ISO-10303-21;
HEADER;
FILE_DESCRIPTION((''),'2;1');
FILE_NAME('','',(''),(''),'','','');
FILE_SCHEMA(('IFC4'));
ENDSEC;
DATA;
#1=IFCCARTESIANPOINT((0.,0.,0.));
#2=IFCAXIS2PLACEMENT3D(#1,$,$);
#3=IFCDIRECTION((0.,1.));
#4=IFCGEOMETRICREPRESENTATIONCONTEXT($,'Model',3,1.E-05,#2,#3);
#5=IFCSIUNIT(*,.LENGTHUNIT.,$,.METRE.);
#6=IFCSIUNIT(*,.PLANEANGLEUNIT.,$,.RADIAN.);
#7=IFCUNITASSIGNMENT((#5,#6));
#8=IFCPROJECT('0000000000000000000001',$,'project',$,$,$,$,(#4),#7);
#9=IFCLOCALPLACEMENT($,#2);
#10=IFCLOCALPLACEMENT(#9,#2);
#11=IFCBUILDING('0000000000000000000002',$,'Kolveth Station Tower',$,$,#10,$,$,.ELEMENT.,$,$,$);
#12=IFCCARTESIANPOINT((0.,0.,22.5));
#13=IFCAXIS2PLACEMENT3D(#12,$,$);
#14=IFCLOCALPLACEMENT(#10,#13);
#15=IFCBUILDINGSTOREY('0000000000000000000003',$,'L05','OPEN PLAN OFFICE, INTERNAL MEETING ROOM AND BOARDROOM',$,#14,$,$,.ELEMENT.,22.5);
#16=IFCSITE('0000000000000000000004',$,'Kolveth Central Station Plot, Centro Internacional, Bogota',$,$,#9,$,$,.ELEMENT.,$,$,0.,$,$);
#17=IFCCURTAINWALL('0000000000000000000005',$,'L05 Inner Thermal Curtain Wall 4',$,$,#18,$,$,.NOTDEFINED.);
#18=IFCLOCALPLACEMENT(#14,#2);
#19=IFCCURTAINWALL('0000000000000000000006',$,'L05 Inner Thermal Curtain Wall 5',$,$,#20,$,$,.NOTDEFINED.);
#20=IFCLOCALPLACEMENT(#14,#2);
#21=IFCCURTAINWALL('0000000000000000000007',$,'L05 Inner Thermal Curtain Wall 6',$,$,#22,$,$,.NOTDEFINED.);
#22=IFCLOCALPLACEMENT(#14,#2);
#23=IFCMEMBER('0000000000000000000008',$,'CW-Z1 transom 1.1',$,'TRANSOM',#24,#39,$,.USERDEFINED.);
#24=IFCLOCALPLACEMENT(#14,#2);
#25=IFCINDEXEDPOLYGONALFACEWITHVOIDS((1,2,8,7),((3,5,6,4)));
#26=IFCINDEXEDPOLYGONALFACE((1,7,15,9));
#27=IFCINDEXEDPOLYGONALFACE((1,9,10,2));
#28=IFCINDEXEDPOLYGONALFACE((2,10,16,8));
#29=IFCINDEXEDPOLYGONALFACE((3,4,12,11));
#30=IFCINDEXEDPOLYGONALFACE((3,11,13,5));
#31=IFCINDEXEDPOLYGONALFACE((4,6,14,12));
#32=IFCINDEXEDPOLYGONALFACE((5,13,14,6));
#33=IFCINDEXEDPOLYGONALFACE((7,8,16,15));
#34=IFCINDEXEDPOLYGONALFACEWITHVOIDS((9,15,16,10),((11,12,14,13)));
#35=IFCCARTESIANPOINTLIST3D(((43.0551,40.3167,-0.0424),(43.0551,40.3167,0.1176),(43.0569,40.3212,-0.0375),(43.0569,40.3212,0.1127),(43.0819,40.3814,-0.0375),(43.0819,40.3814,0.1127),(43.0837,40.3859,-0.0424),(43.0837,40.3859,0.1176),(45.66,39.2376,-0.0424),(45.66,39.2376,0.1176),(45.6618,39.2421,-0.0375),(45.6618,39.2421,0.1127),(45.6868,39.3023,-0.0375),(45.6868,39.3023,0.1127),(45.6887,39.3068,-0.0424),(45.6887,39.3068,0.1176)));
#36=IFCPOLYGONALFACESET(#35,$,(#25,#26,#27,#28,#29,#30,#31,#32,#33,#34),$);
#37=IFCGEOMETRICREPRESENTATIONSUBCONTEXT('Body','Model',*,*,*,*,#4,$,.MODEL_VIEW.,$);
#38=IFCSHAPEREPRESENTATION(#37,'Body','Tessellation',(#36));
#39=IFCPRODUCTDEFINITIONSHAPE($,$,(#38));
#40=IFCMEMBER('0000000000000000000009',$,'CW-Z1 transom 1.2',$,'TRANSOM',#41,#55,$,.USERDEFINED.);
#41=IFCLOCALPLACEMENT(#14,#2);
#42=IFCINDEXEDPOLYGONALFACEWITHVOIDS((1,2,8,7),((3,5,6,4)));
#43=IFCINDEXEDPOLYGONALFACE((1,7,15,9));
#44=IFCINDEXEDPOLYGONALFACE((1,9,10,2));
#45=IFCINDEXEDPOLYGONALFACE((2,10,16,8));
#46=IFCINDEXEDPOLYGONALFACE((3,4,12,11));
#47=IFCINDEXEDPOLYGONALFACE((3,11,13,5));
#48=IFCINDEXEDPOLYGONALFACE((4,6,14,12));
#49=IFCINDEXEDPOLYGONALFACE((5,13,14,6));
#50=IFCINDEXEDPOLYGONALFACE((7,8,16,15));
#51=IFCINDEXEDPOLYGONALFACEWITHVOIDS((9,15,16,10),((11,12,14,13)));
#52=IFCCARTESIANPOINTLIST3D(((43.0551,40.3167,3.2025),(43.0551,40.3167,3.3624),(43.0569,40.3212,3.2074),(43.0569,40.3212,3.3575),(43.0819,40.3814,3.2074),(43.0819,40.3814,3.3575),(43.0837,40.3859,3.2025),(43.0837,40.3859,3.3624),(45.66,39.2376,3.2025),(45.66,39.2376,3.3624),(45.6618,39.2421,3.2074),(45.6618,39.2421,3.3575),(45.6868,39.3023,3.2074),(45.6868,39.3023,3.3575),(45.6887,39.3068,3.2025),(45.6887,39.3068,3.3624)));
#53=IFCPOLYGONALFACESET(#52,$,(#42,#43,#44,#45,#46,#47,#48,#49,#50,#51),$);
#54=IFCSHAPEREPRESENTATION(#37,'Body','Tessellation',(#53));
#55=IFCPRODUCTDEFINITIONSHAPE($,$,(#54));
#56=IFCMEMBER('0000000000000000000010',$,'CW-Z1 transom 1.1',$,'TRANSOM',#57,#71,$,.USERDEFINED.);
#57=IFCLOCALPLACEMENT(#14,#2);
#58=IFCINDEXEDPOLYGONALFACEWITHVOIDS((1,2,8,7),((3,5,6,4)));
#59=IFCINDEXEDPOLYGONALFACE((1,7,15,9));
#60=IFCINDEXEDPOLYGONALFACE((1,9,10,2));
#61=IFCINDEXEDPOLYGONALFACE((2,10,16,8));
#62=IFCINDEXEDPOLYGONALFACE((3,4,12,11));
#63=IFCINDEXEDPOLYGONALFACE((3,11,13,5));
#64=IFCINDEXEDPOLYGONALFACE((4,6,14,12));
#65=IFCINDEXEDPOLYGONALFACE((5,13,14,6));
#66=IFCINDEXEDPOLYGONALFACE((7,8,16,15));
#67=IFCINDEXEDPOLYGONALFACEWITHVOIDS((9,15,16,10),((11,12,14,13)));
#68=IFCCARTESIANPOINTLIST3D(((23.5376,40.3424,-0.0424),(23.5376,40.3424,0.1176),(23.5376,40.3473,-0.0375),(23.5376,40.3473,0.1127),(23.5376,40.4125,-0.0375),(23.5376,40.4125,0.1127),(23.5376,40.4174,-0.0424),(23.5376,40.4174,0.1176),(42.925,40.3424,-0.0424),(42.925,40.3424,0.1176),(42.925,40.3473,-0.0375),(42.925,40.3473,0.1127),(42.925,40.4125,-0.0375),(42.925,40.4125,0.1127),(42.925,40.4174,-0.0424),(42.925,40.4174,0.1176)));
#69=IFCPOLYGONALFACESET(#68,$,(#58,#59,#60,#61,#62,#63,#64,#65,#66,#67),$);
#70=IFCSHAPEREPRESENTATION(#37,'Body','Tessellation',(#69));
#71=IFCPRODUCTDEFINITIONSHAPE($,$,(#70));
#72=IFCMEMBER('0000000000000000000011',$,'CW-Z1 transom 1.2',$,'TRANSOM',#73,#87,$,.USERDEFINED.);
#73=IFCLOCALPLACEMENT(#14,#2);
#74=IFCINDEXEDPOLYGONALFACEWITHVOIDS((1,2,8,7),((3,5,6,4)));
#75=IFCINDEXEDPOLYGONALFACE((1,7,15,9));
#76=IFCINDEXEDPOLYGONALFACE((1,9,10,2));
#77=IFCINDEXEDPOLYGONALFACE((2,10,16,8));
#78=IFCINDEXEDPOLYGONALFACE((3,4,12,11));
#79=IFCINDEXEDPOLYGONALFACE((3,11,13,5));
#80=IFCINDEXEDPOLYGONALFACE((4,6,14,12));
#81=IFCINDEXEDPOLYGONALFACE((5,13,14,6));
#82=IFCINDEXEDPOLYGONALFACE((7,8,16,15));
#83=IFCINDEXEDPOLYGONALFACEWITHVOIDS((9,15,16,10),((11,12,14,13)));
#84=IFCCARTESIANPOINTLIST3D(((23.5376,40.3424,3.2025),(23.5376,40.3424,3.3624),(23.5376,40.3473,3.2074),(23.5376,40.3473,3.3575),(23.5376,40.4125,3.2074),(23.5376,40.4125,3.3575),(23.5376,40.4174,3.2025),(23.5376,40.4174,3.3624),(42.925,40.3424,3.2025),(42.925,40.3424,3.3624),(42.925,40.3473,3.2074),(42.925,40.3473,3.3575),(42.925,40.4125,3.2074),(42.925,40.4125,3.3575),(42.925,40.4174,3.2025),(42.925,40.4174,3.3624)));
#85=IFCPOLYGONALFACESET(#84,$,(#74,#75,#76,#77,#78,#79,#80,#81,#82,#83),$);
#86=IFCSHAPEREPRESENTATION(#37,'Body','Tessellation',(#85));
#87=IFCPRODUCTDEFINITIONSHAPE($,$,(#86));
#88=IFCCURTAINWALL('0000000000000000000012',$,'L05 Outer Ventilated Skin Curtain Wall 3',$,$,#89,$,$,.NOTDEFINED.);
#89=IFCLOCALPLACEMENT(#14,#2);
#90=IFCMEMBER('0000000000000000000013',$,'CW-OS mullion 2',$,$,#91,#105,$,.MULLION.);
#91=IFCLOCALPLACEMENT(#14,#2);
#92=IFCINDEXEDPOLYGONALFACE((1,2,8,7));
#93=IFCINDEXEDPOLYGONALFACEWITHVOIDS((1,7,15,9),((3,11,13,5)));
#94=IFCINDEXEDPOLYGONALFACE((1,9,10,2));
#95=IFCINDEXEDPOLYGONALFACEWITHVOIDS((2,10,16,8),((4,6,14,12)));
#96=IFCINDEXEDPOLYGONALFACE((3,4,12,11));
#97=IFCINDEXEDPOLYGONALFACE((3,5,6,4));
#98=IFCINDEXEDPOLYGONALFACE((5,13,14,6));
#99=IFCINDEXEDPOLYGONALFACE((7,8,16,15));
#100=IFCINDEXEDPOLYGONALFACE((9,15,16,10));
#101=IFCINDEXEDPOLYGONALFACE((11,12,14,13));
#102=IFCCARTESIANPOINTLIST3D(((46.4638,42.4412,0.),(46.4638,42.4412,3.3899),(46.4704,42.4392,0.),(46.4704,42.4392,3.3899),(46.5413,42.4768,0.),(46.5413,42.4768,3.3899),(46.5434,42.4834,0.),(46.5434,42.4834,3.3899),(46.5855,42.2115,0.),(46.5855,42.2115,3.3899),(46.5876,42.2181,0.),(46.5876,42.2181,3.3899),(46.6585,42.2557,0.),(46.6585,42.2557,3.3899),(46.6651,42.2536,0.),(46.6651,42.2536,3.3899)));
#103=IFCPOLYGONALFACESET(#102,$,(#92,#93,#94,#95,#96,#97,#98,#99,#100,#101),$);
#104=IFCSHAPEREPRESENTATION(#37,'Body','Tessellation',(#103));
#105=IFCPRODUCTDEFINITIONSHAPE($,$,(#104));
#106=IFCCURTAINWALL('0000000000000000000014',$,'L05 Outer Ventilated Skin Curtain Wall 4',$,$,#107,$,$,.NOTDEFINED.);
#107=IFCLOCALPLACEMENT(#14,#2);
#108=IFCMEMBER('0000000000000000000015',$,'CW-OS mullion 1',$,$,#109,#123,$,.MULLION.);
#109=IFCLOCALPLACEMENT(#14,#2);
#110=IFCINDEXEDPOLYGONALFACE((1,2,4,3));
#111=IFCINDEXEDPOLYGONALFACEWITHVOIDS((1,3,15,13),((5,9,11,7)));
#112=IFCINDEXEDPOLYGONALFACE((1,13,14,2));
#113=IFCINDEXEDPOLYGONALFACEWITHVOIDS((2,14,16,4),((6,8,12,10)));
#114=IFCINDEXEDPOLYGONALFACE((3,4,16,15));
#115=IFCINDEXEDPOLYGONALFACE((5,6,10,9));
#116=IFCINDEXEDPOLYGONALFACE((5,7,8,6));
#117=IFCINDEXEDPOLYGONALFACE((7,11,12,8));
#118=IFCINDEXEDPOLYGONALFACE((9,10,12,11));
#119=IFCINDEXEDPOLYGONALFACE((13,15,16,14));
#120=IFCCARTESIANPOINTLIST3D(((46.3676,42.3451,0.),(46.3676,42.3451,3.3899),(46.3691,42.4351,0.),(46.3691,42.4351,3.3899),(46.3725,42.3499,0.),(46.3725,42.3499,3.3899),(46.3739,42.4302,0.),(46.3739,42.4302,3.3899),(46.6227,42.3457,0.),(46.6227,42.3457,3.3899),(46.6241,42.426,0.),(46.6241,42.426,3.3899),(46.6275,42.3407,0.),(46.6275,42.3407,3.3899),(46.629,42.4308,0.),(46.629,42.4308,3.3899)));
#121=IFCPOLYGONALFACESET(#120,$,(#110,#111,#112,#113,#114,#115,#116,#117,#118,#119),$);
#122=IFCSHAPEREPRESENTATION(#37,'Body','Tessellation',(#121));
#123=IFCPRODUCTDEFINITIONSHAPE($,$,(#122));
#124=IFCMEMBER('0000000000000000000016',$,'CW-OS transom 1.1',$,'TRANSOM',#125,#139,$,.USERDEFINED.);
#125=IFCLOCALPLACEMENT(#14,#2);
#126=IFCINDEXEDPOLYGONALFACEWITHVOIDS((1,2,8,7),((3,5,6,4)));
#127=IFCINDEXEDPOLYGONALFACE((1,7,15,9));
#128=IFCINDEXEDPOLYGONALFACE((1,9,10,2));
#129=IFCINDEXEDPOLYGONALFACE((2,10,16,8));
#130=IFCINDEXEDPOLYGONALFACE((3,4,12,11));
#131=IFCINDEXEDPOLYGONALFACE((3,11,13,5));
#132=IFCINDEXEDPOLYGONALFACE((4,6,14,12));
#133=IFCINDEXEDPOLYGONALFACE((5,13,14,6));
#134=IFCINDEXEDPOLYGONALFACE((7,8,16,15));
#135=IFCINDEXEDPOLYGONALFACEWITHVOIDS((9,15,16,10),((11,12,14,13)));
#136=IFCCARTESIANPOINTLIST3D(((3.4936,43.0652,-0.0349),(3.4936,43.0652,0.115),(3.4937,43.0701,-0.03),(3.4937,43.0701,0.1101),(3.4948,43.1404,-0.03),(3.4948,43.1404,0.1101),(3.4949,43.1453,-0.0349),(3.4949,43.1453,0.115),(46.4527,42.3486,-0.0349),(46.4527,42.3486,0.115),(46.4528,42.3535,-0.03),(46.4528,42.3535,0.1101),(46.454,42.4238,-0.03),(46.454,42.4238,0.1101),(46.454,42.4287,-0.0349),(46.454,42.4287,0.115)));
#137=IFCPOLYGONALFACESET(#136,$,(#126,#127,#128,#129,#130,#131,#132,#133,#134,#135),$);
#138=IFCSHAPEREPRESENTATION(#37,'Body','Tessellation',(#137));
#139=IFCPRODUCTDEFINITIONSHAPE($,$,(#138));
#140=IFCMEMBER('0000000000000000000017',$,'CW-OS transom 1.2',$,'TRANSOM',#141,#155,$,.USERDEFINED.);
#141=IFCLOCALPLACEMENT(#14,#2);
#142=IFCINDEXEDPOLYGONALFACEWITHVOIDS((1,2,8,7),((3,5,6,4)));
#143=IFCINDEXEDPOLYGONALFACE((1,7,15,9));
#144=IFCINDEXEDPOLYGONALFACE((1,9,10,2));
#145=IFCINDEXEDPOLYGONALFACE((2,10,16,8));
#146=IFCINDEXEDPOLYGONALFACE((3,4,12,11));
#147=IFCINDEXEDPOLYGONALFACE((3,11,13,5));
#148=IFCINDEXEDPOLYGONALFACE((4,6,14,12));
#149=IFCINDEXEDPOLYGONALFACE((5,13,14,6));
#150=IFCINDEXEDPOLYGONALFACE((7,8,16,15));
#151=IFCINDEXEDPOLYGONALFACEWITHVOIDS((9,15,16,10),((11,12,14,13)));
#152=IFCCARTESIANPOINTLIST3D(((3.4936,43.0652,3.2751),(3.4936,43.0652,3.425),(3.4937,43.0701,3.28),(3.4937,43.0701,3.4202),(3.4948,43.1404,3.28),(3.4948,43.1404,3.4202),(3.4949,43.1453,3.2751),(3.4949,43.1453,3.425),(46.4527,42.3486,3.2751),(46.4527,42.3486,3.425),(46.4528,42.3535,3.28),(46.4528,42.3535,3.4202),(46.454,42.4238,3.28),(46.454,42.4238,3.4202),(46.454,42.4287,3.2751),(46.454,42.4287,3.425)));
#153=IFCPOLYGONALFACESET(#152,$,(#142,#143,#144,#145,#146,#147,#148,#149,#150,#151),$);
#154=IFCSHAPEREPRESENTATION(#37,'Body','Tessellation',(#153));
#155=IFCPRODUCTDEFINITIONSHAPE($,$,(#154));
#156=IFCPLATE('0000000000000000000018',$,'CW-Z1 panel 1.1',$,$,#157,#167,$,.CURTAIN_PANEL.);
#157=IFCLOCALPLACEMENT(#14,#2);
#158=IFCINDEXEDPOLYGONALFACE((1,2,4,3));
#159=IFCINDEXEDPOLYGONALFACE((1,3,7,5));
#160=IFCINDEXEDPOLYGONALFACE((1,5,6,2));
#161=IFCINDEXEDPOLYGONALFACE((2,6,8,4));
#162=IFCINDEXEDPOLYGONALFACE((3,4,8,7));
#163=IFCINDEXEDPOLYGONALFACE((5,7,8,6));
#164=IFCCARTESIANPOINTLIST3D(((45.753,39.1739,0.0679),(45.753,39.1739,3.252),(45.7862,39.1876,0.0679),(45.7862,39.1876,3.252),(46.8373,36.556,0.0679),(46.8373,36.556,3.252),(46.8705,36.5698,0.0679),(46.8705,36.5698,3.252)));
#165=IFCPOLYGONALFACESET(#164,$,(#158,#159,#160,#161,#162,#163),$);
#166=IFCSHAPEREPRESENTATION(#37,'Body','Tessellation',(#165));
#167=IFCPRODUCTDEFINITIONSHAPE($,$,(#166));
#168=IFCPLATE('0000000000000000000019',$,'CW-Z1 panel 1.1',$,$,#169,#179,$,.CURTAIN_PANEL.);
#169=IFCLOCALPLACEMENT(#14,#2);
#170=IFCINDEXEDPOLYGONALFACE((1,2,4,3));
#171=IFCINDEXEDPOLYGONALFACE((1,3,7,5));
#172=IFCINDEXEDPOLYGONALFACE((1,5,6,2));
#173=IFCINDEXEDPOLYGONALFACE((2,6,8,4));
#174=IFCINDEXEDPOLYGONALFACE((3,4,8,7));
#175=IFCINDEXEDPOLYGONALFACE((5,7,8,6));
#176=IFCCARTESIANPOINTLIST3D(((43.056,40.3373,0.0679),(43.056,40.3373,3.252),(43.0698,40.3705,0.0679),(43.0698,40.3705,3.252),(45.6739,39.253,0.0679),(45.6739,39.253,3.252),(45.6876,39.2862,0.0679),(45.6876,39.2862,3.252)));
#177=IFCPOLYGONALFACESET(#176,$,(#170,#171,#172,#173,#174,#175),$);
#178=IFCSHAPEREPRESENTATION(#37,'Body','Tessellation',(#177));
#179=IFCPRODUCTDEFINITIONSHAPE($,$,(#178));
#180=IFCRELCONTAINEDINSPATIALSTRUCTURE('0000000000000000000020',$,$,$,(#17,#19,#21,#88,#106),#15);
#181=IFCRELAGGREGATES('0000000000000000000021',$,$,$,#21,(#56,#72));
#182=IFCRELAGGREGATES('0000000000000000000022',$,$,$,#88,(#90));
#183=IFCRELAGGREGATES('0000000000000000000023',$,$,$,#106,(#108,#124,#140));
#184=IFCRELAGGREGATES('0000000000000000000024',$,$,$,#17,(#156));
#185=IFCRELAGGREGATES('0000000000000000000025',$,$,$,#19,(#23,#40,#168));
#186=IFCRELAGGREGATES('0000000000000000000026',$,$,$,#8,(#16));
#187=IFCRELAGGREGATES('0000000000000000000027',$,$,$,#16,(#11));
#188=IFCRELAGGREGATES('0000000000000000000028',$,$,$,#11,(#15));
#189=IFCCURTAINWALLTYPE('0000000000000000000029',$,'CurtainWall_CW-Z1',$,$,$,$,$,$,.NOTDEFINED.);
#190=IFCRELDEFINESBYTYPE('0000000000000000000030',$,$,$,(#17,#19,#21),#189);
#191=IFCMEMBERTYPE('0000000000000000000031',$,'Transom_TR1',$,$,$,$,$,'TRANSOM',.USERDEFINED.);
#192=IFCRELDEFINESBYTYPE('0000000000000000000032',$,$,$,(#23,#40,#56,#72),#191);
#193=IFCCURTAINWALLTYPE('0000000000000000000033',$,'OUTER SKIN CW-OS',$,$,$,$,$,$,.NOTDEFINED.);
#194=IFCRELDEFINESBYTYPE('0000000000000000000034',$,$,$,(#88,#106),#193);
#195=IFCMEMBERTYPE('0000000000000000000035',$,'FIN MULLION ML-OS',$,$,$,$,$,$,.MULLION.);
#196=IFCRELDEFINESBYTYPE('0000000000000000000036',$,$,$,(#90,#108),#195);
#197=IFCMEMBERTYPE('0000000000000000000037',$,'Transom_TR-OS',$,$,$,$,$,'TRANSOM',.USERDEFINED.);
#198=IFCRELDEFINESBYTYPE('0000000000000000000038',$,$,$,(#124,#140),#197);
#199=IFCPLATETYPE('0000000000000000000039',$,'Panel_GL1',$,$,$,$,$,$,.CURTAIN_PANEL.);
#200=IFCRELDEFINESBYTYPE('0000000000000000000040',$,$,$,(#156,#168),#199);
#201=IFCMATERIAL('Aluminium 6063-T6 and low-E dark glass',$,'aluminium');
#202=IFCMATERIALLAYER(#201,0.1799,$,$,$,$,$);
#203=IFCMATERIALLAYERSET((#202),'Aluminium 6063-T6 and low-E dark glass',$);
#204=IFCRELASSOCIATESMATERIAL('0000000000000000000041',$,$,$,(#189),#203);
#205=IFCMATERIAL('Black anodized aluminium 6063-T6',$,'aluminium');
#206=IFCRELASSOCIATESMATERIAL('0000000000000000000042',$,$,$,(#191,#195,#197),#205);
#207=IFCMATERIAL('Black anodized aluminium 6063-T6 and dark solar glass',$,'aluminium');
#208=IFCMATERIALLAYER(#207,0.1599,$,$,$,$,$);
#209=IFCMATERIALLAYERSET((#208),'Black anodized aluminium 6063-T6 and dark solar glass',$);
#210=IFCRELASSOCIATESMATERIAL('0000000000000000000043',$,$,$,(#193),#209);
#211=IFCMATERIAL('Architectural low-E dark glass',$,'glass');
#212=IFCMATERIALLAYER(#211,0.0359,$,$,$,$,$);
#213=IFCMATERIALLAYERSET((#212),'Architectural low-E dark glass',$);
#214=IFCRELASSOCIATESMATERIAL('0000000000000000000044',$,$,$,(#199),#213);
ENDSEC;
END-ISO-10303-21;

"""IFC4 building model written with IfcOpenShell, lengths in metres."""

from ifc_helpers import new_model, si_unit, direction, frame, origin, origin_2d, place, context, subcontext, project, spatial, rectangle, hollow_rectangle, extrude, source, transform, mapped, material, layer, layer_set, material_profile, profile_set, type_object, element, aggregate, save


model = new_model("IFC4")

# Units and contexts
model_context = context("Model", 3, precision=1e-05, world=origin(), true_north=direction((0.0, 1.0)))
body_context = subcontext(model_context, "Body", "Model", "MODEL_VIEW")
ifc_project = project(units=[si_unit("LENGTHUNIT", "METRE"), si_unit("PLANEANGLEUNIT", "RADIAN")], contexts=[model_context])

# Site, building, storey
site_placement = place(None, origin())
site = spatial("IfcSite", under=ifc_project, at=site_placement, Name="Kolveth Central Station Plot, Centro Internacional, Bogota", CompositionType="ELEMENT", RefElevation=0.0)
building_placement = place(site_placement, origin())
building = spatial("IfcBuilding", under=site, at=building_placement, Name="Kolveth Station Tower", CompositionType="ELEMENT")
storey_placement = place(building_placement, frame((0.0, 0.0, 22.5)))
storey = spatial("IfcBuildingStorey", under=building, at=storey_placement, Name="L05", Description="OPEN PLAN OFFICE, INTERNAL MEETING ROOM AND BOARDROOM", CompositionType="ELEMENT", Elevation=22.5)

# Curtain wall
ifc_material_1 = material(Name="Aluminium 6063-T6 and low-E dark glass", Category="aluminium")
ifc_layer_1 = layer(ifc_material_1, 0.1799)
ifc_layer_set_1 = layer_set([ifc_layer_1], Name="Aluminium 6063-T6 and low-E dark glass")
curtain_wall_type_1 = type_object("IfcCurtainWallType", Name="CurtainWall_CW-Z1", PredefinedType="NOTDEFINED", material=ifc_layer_set_1)
curtain_wall_1_placement = place(storey_placement, origin())
curtain_wall_1 = element("IfcCurtainWall", 1, at=curtain_wall_1_placement, inside=storey, type_object=curtain_wall_type_1, Name="L05 Inner Thermal Curtain Wall 4", PredefinedType="NOTDEFINED")
ifc_material_2 = material(Name="Black anodized aluminium 6063-T6", Category="aluminium")

# Curtain wall
curtain_wall_2_placement = place(storey_placement, origin())
curtain_wall_2 = element("IfcCurtainWall", 2, at=curtain_wall_2_placement, inside=storey, type_object=curtain_wall_type_1, Name="L05 Inner Thermal Curtain Wall 5", PredefinedType="NOTDEFINED")

# Curtain wall
curtain_wall_3_placement = place(storey_placement, origin())
curtain_wall_3 = element("IfcCurtainWall", 3, at=curtain_wall_3_placement, inside=storey, type_object=curtain_wall_type_1, Name="L05 Inner Thermal Curtain Wall 6", PredefinedType="NOTDEFINED")

# Members
ifc_material_profile_1 = material_profile(ifc_material_2, hollow_rectangle(XDim=0.075, YDim=0.1599, WallThickness=0.0049, at=origin_2d()), Name="ALU-75x160x5")
ifc_profile_set_1 = profile_set([ifc_material_profile_1], Name="Black anodized aluminium 6063-T6")
member_type_1 = type_object("IfcMemberType", Name="Transom_TR1", ElementType="TRANSOM", PredefinedType="USERDEFINED", material=ifc_profile_set_1)
shared_shape_1 = source(origin(), body_context, "Body", "SweptSolid", [
    extrude(hollow_rectangle(XDim=0.075, YDim=0.1599, WallThickness=0.0049, at=origin_2d()), origin(), (0.0, 0.0, 1.0), 2.8196),
])
member_1_placement = place(storey_placement, frame((45.6743, 39.2722, 0.0376), z_axis=(-0.923869, 0.382709, 0.0), x_axis=(-0.382709, -0.923869, 0.0)))
member_1 = element("IfcMember", 4, at=member_1_placement, type_object=member_type_1, Name="CW-Z1 transom 1.1", ObjectType="TRANSOM", PredefinedType="USERDEFINED", context=body_context, shape_type="MappedRepresentation", body=[
    mapped(shared_shape_1, transform((0.0, 0.0, 0.0), x_axis=(1.0, 0.0, 0.0), y_axis=(0.0, 1.0, 0.0), z_axis=(0.0, 0.0, 1.0), scale=1.0)),
])
member_2_placement = place(storey_placement, frame((45.6743, 39.2722, 3.2825), z_axis=(-0.923869, 0.382709, 0.0), x_axis=(-0.382709, -0.923869, 0.0)))
member_2 = element("IfcMember", 5, at=member_2_placement, type_object=member_type_1, Name="CW-Z1 transom 1.2", ObjectType="TRANSOM", PredefinedType="USERDEFINED", context=body_context, shape_type="MappedRepresentation", body=[
    mapped(shared_shape_1, transform((0.0, 0.0, 0.0), x_axis=(1.0, 0.0, 0.0), y_axis=(0.0, 1.0, 0.0), z_axis=(0.0, 0.0, 1.0), scale=1.0)),
])
shared_shape_2 = source(origin(), body_context, "Body", "SweptSolid", [
    extrude(hollow_rectangle(XDim=0.075, YDim=0.1599, WallThickness=0.0049, at=origin_2d()), origin(), (0.0, 0.0, 1.0), 19.3875),
])
member_3_placement = place(storey_placement, frame((42.925, 40.3799, 0.0376), z_axis=(-1.0, 0.0, 0.0), x_axis=(0.0, -1.0, 0.0)))
member_3 = element("IfcMember", 6, at=member_3_placement, type_object=member_type_1, Name="CW-Z1 transom 1.1", ObjectType="TRANSOM", PredefinedType="USERDEFINED", context=body_context, shape_type="MappedRepresentation", body=[
    mapped(shared_shape_2, transform((0.0, 0.0, 0.0), x_axis=(1.0, 0.0, 0.0), y_axis=(0.0, 1.0, 0.0), z_axis=(0.0, 0.0, 1.0), scale=1.0)),
])
member_4_placement = place(storey_placement, frame((42.925, 40.3799, 3.2825), z_axis=(-1.0, 0.0, 0.0), x_axis=(0.0, -1.0, 0.0)))
member_4 = element("IfcMember", 7, at=member_4_placement, type_object=member_type_1, Name="CW-Z1 transom 1.2", ObjectType="TRANSOM", PredefinedType="USERDEFINED", context=body_context, shape_type="MappedRepresentation", body=[
    mapped(shared_shape_2, transform((0.0, 0.0, 0.0), x_axis=(1.0, 0.0, 0.0), y_axis=(0.0, 1.0, 0.0), z_axis=(0.0, 0.0, 1.0), scale=1.0)),
])
aggregate(curtain_wall_3, [member_3, member_4])

# Curtain wall, member
ifc_material_3 = material(Name="Black anodized aluminium 6063-T6 and dark solar glass", Category="aluminium")
ifc_layer_2 = layer(ifc_material_3, 0.1599)
ifc_layer_set_2 = layer_set([ifc_layer_2], Name="Black anodized aluminium 6063-T6 and dark solar glass")
curtain_wall_type_2 = type_object("IfcCurtainWallType", Name="OUTER SKIN CW-OS", PredefinedType="NOTDEFINED", material=ifc_layer_set_2)
curtain_wall_4_placement = place(storey_placement, origin())
curtain_wall_4 = element("IfcCurtainWall", 8, at=curtain_wall_4_placement, inside=storey, type_object=curtain_wall_type_2, Name="L05 Outer Ventilated Skin Curtain Wall 3", PredefinedType="NOTDEFINED")
ifc_material_profile_2 = material_profile(ifc_material_2, hollow_rectangle(XDim=0.0901, YDim=0.26, WallThickness=0.0049, at=origin_2d()), Name="ALU-90x260x5")
ifc_profile_set_2 = profile_set([ifc_material_profile_2], Name="Black anodized aluminium 6063-T6")
member_type_2 = type_object("IfcMemberType", Name="FIN MULLION ML-OS", PredefinedType="MULLION", material=ifc_profile_set_2)
shared_shape_3 = source(origin(), body_context, "Body", "SweptSolid", [
    extrude(hollow_rectangle(XDim=0.0901, YDim=0.26, WallThickness=0.0049, at=origin_2d()), origin(), (0.0, 0.0, 1.0), 3.3899),
])
member_5_placement = place(storey_placement, frame((46.5645, 42.3474, 0.0), z_axis=(0.0, 0.0, 1.0), x_axis=(-0.883526, -0.468381, 0.0)))
member_5 = element("IfcMember", 9, at=member_5_placement, type_object=member_type_2, Name="CW-OS mullion 2", PredefinedType="MULLION", context=body_context, shape_type="MappedRepresentation", body=[
    mapped(shared_shape_3, transform((0.0, 0.0, 0.0), x_axis=(1.0, 0.0, 0.0), y_axis=(0.0, 1.0, 0.0), z_axis=(0.0, 0.0, 1.0), scale=1.0)),
])
aggregate(curtain_wall_4, [member_5])

# Curtain wall, members
curtain_wall_5_placement = place(storey_placement, origin())
curtain_wall_5 = element("IfcCurtainWall", 10, at=curtain_wall_5_placement, inside=storey, type_object=curtain_wall_type_2, Name="L05 Outer Ventilated Skin Curtain Wall 4", PredefinedType="NOTDEFINED")
member_6_placement = place(storey_placement, frame((46.4983, 42.3879, 0.0), z_axis=(0.0, 0.0, 1.0), x_axis=(-0.016681, -0.999861, 0.0)))
member_6 = element("IfcMember", 11, at=member_6_placement, type_object=member_type_2, Name="CW-OS mullion 1", PredefinedType="MULLION", context=body_context, shape_type="MappedRepresentation", body=[
    mapped(shared_shape_3, transform((0.0, 0.0, 0.0), x_axis=(1.0, 0.0, 0.0), y_axis=(0.0, 1.0, 0.0), z_axis=(0.0, 0.0, 1.0), scale=1.0)),
])
ifc_material_profile_3 = material_profile(ifc_material_2, hollow_rectangle(XDim=0.0801, YDim=0.1499, WallThickness=0.0049, at=origin_2d()), Name="ALU-80x150x5")
ifc_profile_set_3 = profile_set([ifc_material_profile_3], Name="Black anodized aluminium 6063-T6")
member_type_3 = type_object("IfcMemberType", Name="Transom_TR-OS", ElementType="TRANSOM", PredefinedType="USERDEFINED", material=ifc_profile_set_3)
shared_shape_4 = source(origin(), body_context, "Body", "SweptSolid", [
    extrude(hollow_rectangle(XDim=0.0801, YDim=0.1499, WallThickness=0.0049, at=origin_2d()), origin(), (0.0, 0.0, 1.0), 42.9651),
])
member_7_placement = place(storey_placement, frame((46.4534, 42.3887, 0.04), z_axis=(-0.999861, 0.016678, 0.0), x_axis=(-0.016678, -0.999861, 0.0)))
member_7 = element("IfcMember", 12, at=member_7_placement, type_object=member_type_3, Name="CW-OS transom 1.1", ObjectType="TRANSOM", PredefinedType="USERDEFINED", context=body_context, shape_type="MappedRepresentation", body=[
    mapped(shared_shape_4, transform((0.0, 0.0, 0.0), x_axis=(1.0, 0.0, 0.0), y_axis=(0.0, 1.0, 0.0), z_axis=(0.0, 0.0, 1.0), scale=1.0)),
])
member_8_placement = place(storey_placement, frame((46.4534, 42.3887, 3.3501), z_axis=(-0.999861, 0.016678, 0.0), x_axis=(-0.016678, -0.999861, 0.0)))
member_8 = element("IfcMember", 13, at=member_8_placement, type_object=member_type_3, Name="CW-OS transom 1.2", ObjectType="TRANSOM", PredefinedType="USERDEFINED", context=body_context, shape_type="MappedRepresentation", body=[
    mapped(shared_shape_4, transform((0.0, 0.0, 0.0), x_axis=(1.0, 0.0, 0.0), y_axis=(0.0, 1.0, 0.0), z_axis=(0.0, 0.0, 1.0), scale=1.0)),
])
aggregate(curtain_wall_5, [member_6, member_7, member_8])

# Plates
ifc_material_4 = material(Name="Architectural low-E dark glass", Category="glass")
ifc_layer_3 = layer(ifc_material_4, 0.0359)
ifc_layer_set_3 = layer_set([ifc_layer_3], Name="Architectural low-E dark glass")
plate_type = type_object("IfcPlateType", Name="Panel_GL1", PredefinedType="CURTAIN_PANEL", material=ifc_layer_set_3)
shared_shape_5 = source(origin(), body_context, "Body", "SweptSolid", [
    extrude(rectangle(XDim=2.8335, YDim=0.0359, at=origin_2d()), origin(), (0.0, 0.0, 1.0), 3.1841),
])
plate_1_placement = place(storey_placement, frame((46.3118, 37.8718, 0.0679), z_axis=(0.0, 0.0, 1.0), x_axis=(-0.382673, 0.923884, 0.0)))
plate_1 = element("IfcPlate", 14, at=plate_1_placement, type_object=plate_type, Name="CW-Z1 panel 1.1", PredefinedType="CURTAIN_PANEL", context=body_context, shape_type="MappedRepresentation", body=[
    mapped(shared_shape_5, transform((0.0, 0.0, 0.0), x_axis=(1.0, 0.0, 0.0), y_axis=(0.0, 1.0, 0.0), z_axis=(0.0, 0.0, 1.0), scale=1.0)),
])
aggregate(curtain_wall_1, [plate_1])
plate_2_placement = place(storey_placement, frame((44.3718, 39.8118, 0.0679), z_axis=(0.0, 0.0, 1.0), x_axis=(-0.923884, 0.382673, 0.0)))
plate_2 = element("IfcPlate", 15, at=plate_2_placement, type_object=plate_type, Name="CW-Z1 panel 1.1", PredefinedType="CURTAIN_PANEL", context=body_context, shape_type="MappedRepresentation", body=[
    mapped(shared_shape_5, transform((0.0, 0.0, 0.0), x_axis=(1.0, 0.0, 0.0), y_axis=(0.0, 1.0, 0.0), z_axis=(0.0, 0.0, 1.0), scale=1.0)),
])
aggregate(curtain_wall_2, [member_1, member_2, plate_2])

save(model, "model.ifc")
